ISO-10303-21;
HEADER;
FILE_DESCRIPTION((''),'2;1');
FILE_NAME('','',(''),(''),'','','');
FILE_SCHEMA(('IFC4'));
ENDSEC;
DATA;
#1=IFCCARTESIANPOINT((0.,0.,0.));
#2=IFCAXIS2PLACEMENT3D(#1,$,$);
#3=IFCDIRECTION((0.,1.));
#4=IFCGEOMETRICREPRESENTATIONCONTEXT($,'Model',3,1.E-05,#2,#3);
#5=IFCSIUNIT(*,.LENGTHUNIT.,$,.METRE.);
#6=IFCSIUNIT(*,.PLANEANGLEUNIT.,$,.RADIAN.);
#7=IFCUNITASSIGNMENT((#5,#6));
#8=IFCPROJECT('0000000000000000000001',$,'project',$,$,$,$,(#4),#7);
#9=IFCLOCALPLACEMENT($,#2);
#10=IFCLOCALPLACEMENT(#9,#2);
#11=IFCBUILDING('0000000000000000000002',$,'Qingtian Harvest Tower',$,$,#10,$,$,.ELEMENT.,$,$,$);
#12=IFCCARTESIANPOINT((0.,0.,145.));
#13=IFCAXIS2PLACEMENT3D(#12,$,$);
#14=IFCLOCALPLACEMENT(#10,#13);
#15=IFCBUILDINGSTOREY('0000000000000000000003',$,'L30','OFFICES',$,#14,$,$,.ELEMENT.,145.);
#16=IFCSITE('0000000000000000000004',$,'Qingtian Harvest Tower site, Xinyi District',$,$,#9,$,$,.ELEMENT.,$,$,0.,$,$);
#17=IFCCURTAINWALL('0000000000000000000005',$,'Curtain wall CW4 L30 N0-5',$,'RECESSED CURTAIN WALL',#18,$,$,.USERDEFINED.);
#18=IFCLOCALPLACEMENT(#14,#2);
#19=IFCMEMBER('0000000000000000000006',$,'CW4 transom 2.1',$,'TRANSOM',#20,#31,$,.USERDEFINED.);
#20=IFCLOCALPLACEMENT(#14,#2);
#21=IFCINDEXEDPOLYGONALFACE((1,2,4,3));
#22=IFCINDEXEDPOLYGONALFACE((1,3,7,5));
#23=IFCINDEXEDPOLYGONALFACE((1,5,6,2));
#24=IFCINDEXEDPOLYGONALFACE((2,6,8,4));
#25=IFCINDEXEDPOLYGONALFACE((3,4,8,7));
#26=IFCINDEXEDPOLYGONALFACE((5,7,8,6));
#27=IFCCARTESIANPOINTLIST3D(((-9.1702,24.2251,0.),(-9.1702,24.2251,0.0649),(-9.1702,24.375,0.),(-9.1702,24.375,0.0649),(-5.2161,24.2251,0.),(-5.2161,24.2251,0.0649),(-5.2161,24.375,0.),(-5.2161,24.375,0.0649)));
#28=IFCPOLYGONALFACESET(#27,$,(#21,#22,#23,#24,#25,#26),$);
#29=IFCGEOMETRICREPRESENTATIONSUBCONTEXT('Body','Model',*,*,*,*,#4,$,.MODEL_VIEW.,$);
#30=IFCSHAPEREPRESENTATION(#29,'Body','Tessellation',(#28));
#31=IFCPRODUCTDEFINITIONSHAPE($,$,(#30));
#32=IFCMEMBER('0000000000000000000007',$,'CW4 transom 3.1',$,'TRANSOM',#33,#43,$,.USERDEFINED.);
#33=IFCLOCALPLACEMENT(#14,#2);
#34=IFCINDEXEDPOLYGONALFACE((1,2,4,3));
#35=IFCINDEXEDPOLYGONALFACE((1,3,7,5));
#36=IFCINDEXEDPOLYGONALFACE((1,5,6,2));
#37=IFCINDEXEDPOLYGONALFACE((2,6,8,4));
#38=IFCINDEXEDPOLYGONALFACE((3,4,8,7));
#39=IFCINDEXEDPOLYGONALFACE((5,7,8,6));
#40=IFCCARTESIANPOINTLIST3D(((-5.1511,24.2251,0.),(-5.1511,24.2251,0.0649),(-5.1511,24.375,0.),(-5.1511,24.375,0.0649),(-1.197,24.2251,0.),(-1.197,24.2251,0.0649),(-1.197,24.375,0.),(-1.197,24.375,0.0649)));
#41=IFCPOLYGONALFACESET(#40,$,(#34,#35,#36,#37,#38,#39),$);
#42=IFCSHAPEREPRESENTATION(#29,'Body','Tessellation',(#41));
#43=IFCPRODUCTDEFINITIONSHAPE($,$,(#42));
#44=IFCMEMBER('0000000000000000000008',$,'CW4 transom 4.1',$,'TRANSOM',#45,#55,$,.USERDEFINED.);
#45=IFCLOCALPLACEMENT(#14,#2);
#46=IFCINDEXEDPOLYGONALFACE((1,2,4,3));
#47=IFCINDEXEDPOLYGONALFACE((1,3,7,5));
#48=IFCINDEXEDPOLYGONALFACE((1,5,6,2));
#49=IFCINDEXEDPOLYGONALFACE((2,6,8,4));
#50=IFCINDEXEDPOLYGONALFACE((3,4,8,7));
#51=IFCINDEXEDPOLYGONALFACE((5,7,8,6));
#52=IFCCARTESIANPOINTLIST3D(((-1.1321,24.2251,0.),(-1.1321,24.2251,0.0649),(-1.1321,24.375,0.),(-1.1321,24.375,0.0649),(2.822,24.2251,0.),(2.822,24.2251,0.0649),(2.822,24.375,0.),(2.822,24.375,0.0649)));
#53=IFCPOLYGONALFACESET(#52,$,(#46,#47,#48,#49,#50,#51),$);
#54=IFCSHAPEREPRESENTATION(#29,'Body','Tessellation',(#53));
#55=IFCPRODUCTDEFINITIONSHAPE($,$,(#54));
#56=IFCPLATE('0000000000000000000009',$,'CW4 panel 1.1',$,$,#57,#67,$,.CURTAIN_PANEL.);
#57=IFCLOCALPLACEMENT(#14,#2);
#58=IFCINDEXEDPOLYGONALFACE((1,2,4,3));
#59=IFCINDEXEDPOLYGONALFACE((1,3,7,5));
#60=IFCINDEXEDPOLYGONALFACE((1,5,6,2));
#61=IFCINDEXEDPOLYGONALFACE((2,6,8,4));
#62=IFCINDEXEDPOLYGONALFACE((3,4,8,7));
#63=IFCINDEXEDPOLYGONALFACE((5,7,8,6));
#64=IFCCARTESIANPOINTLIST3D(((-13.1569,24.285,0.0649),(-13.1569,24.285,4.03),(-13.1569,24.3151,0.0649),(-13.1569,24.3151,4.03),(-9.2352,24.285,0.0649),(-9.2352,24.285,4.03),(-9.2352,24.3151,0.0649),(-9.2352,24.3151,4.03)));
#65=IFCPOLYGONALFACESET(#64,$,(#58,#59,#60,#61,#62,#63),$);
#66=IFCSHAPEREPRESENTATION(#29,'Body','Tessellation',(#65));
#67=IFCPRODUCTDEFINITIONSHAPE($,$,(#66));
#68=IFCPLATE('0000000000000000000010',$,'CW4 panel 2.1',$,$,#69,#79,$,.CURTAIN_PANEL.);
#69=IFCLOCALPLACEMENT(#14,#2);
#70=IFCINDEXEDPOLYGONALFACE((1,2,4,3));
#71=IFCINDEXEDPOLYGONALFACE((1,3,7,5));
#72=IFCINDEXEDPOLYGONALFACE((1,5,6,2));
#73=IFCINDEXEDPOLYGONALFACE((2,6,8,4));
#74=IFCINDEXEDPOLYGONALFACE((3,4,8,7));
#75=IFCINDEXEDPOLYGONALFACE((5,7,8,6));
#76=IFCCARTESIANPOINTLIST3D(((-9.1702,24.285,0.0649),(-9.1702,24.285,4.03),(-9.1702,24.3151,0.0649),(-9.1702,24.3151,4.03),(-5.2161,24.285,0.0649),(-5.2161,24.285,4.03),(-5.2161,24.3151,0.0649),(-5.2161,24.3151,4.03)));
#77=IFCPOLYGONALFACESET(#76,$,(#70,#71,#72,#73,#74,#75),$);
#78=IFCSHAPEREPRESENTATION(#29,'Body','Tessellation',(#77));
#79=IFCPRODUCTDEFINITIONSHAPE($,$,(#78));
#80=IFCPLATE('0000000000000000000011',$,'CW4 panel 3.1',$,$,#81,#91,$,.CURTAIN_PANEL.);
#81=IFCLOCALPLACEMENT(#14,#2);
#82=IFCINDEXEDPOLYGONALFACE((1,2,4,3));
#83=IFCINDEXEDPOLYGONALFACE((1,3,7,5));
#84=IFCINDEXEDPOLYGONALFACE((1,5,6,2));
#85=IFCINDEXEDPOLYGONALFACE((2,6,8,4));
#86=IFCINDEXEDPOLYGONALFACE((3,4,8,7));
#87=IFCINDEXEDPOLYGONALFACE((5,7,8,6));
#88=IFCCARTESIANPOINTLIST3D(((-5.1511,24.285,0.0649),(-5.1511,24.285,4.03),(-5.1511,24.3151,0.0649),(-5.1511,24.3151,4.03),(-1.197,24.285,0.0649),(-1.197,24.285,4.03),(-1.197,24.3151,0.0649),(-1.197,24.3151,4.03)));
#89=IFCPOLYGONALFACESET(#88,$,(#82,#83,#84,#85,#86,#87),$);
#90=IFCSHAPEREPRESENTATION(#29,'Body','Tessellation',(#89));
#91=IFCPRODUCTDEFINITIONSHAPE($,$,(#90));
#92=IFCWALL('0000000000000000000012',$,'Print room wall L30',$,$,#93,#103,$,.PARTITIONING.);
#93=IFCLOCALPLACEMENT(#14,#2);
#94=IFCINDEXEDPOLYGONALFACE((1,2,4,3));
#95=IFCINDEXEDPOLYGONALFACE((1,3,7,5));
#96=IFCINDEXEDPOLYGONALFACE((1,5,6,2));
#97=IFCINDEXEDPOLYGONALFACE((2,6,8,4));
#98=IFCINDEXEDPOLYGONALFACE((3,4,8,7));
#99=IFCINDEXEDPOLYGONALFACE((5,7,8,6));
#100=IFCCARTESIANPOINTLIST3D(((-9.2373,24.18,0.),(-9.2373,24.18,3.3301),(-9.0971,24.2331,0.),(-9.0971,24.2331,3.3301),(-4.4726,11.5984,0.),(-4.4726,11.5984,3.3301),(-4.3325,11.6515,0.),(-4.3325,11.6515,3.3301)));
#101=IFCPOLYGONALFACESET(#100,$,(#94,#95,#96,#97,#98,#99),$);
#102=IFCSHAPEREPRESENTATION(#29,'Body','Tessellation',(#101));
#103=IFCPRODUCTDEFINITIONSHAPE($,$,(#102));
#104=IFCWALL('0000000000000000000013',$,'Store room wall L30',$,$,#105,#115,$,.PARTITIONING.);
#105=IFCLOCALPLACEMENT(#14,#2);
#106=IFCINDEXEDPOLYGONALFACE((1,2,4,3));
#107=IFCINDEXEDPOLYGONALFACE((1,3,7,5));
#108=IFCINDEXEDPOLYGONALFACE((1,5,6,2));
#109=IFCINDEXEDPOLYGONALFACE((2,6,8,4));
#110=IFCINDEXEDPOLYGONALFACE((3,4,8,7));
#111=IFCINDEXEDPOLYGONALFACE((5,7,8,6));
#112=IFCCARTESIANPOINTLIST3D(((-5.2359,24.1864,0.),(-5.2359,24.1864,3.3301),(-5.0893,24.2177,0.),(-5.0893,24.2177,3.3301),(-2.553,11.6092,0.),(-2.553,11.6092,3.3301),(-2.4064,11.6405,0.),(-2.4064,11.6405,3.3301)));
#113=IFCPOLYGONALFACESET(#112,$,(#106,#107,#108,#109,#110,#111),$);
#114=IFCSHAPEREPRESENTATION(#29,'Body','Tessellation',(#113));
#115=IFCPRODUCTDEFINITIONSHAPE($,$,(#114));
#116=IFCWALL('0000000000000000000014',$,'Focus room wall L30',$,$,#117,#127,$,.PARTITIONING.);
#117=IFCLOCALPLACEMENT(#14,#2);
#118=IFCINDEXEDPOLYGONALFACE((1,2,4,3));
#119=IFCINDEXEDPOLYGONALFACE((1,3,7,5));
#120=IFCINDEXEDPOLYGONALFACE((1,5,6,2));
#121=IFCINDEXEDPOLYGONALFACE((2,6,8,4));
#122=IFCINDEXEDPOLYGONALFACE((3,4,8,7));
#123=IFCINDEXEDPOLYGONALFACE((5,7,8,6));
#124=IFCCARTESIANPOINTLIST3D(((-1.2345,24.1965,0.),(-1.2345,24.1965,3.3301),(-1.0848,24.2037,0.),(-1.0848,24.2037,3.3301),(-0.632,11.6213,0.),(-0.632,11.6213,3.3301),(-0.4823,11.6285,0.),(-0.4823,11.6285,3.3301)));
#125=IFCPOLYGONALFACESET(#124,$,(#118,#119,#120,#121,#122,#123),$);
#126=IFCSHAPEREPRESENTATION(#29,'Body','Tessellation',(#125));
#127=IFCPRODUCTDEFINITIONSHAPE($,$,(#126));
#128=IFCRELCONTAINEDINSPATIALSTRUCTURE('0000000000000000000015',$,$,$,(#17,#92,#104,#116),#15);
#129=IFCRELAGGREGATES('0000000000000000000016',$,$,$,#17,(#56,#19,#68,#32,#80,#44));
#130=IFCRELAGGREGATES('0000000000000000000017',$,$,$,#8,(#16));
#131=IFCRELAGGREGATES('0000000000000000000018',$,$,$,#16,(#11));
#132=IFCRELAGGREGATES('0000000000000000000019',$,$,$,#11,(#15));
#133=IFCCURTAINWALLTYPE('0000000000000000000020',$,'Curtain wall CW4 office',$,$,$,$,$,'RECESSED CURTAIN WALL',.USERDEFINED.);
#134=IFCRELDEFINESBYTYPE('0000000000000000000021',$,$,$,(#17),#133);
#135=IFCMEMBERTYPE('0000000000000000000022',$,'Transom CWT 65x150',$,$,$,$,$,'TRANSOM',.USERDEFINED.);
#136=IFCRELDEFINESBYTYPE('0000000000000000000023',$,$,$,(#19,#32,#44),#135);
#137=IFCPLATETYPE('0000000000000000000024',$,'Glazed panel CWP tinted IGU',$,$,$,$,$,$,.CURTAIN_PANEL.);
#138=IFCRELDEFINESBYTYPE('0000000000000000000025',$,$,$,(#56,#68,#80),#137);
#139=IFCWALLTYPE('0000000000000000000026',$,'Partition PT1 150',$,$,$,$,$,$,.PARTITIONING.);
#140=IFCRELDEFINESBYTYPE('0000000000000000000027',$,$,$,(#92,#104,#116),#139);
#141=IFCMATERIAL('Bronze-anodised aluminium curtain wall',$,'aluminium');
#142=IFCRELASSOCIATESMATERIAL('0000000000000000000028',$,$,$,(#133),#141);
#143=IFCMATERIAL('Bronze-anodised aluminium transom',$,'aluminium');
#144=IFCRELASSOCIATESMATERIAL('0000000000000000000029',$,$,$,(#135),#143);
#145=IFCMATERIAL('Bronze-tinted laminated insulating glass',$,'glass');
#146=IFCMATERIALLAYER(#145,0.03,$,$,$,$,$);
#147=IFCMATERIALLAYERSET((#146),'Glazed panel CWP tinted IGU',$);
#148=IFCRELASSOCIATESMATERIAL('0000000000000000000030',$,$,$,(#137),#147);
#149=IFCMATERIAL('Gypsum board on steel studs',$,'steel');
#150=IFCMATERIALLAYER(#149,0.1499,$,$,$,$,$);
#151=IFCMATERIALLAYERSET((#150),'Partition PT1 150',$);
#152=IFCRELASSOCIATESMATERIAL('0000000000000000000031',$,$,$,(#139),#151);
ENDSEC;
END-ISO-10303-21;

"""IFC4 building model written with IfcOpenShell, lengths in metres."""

from ifc_helpers import new_model, si_unit, direction, frame, frame_2d, origin, origin_2d, place, context, subcontext, project, spatial, rectangle, extrude, material, layer, layer_set, material_profile, profile_set, type_object, element, aggregate, save


model = new_model("IFC4")

# Units and contexts
model_context = context("Model", 3, precision=1e-05, world=origin(), true_north=direction((0.0, 1.0)))
body_context = subcontext(model_context, "Body", "Model", "MODEL_VIEW")
ifc_project = project(units=[si_unit("LENGTHUNIT", "METRE"), si_unit("PLANEANGLEUNIT", "RADIAN")], contexts=[model_context])

# Site, building, storey
site_placement = place(None, origin())
site = spatial("IfcSite", under=ifc_project, at=site_placement, Name="Qingtian Harvest Tower site, Xinyi District", CompositionType="ELEMENT", RefElevation=0.0)
building_placement = place(site_placement, origin())
building = spatial("IfcBuilding", under=site, at=building_placement, Name="Qingtian Harvest Tower", CompositionType="ELEMENT")
storey_placement = place(building_placement, frame((0.0, 0.0, 145.0)))
storey = spatial("IfcBuildingStorey", under=building, at=storey_placement, Name="L30", Description="OFFICES", CompositionType="ELEMENT", Elevation=145.0)

# Curtain wall
ifc_material_1 = material(Name="Bronze-anodised aluminium curtain wall", Category="aluminium")
curtain_wall_type = type_object("IfcCurtainWallType", Name="Curtain wall CW4 office", ElementType="RECESSED CURTAIN WALL", PredefinedType="USERDEFINED", material=ifc_material_1)
curtain_wall_placement = place(storey_placement, origin())
curtain_wall = element("IfcCurtainWall", 1, at=curtain_wall_placement, inside=storey, type_object=curtain_wall_type, Name="Curtain wall CW4 L30 N0-5", ObjectType="RECESSED CURTAIN WALL", PredefinedType="USERDEFINED")

# Members
ifc_material_2 = material(Name="Bronze-anodised aluminium transom", Category="aluminium")
ifc_material_profile_1 = material_profile(ifc_material_2, rectangle(XDim=0.1499, YDim=0.0649, at=origin_2d()), Name="AL 65x150")
ifc_profile_set_1 = profile_set([ifc_material_profile_1], Name="Bronze-anodised aluminium transom")
member_type_1 = type_object("IfcMemberType", Name="Transom CWT 65x150", ElementType="TRANSOM", PredefinedType="USERDEFINED", material=ifc_profile_set_1)
member_1_placement = place(storey_placement, frame((-9.1702, 24.3, 0.0325), z_axis=(1.0, 0.0, 0.0), x_axis=(0.0, 1.0, 0.0)))
member_1 = element("IfcMember", 2, at=member_1_placement, type_object=member_type_1, Name="CW4 transom 2.1", ObjectType="TRANSOM", PredefinedType="USERDEFINED", context=body_context, shape_type="SweptSolid", body=[
    extrude(rectangle(XDim=0.1499, YDim=0.0649, at=origin_2d()), origin(), (0.0, 0.0, 1.0), 3.9541),
])
member_2_placement = place(storey_placement, frame((-5.1511, 24.3, 0.0325), z_axis=(1.0, 0.0, 0.0), x_axis=(0.0, 1.0, 0.0)))
member_2 = element("IfcMember", 3, at=member_2_placement, type_object=member_type_1, Name="CW4 transom 3.1", ObjectType="TRANSOM", PredefinedType="USERDEFINED", context=body_context, shape_type="SweptSolid", body=[
    extrude(rectangle(XDim=0.1499, YDim=0.0649, at=origin_2d()), origin(), (0.0, 0.0, 1.0), 3.9541),
])
member_3_placement = place(storey_placement, frame((-1.1321, 24.3, 0.0325), z_axis=(1.0, 0.0, 0.0), x_axis=(0.0, 1.0, 0.0)))
member_3 = element("IfcMember", 4, at=member_3_placement, type_object=member_type_1, Name="CW4 transom 4.1", ObjectType="TRANSOM", PredefinedType="USERDEFINED", context=body_context, shape_type="SweptSolid", body=[
    extrude(rectangle(XDim=0.1499, YDim=0.0649, at=origin_2d()), origin(), (0.0, 0.0, 1.0), 3.9541),
])

# Plates
ifc_material_3 = material(Name="Bronze-tinted laminated insulating glass", Category="glass")
ifc_layer_1 = layer(ifc_material_3, 0.03)
ifc_layer_set_1 = layer_set([ifc_layer_1], Name="Glazed panel CWP tinted IGU")
plate_type = type_object("IfcPlateType", Name="Glazed panel CWP tinted IGU", PredefinedType="CURTAIN_PANEL", material=ifc_layer_set_1)
plate_1_placement = place(storey_placement, frame((-11.196, 24.3, 0.0649), z_axis=(0.0, 0.0, 1.0), x_axis=(1.0, 0.0, 0.0)))
plate_1 = element("IfcPlate", 5, at=plate_1_placement, type_object=plate_type, Name="CW4 panel 1.1", PredefinedType="CURTAIN_PANEL", context=body_context, shape_type="SweptSolid", body=[
    extrude(rectangle(XDim=3.9216, YDim=0.03, at=origin_2d()), origin(), (0.0, 0.0, 1.0), 3.9651),
])
plate_2_placement = place(storey_placement, frame((-7.1931, 24.3, 0.0649), z_axis=(0.0, 0.0, 1.0), x_axis=(1.0, 0.0, 0.0)))
plate_2 = element("IfcPlate", 6, at=plate_2_placement, type_object=plate_type, Name="CW4 panel 2.1", PredefinedType="CURTAIN_PANEL", context=body_context, shape_type="SweptSolid", body=[
    extrude(rectangle(XDim=3.9541, YDim=0.03, at=origin_2d()), origin(), (0.0, 0.0, 1.0), 3.9651),
])
plate_3_placement = place(storey_placement, frame((-3.1741, 24.3, 0.0649), z_axis=(0.0, 0.0, 1.0), x_axis=(1.0, 0.0, 0.0)))
plate_3 = element("IfcPlate", 7, at=plate_3_placement, type_object=plate_type, Name="CW4 panel 3.1", PredefinedType="CURTAIN_PANEL", context=body_context, shape_type="SweptSolid", body=[
    extrude(rectangle(XDim=3.9541, YDim=0.03, at=origin_2d()), origin(), (0.0, 0.0, 1.0), 3.9651),
])
aggregate(curtain_wall, [plate_1, member_1, plate_2, member_2, plate_3, member_3])

# Walls
ifc_material_4 = material(Name="Gypsum board on steel studs", Category="steel")
ifc_layer_2 = layer(ifc_material_4, 0.1499)
ifc_layer_set_2 = layer_set([ifc_layer_2], Name="Partition PT1 150")
wall_type = type_object("IfcWallType", Name="Partition PT1 150", PredefinedType="PARTITIONING", material=ifc_layer_set_2)
wall_1_placement = place(storey_placement, frame((-9.1672, 24.2065, 0.0), z_axis=(0.0, 0.0, 1.0), x_axis=(0.354156, -0.935186, 0.0)))
element("IfcWall", 8, at=wall_1_placement, inside=storey, type_object=wall_type, Name="Print room wall L30", PredefinedType="PARTITIONING", context=body_context, shape_type="SweptSolid", body=[
    extrude(rectangle(XDim=13.4536, YDim=0.1499, at=frame_2d((6.7268, 0.0))), origin(), (0.0, 0.0, 1.0), 3.3301),
])
wall_2_placement = place(storey_placement, frame((-5.1626, 24.2021, 0.0), z_axis=(0.0, 0.0, 1.0), x_axis=(0.208619, -0.977997, 0.0)))
element("IfcWall", 9, at=wall_2_placement, inside=storey, type_object=wall_type, Name="Store room wall L30", PredefinedType="PARTITIONING", context=body_context, shape_type="SweptSolid", body=[
    extrude(rectangle(XDim=12.8601, YDim=0.1499, at=frame_2d((6.4302, 0.0))), origin(), (0.0, 0.0, 1.0), 3.3301),
])
wall_3_placement = place(storey_placement, frame((-1.1597, 24.2002, 0.0), z_axis=(0.0, 0.0, 1.0), x_axis=(0.04786, -0.998854, 0.0)))
element("IfcWall", 10, at=wall_3_placement, inside=storey, type_object=wall_type, Name="Focus room wall L30", PredefinedType="PARTITIONING", context=body_context, shape_type="SweptSolid", body=[
    extrude(rectangle(XDim=12.5896, YDim=0.1499, at=frame_2d((6.2949, 0.0))), origin(), (0.0, 0.0, 1.0), 3.3301),
])

save(model, "model.ifc")
